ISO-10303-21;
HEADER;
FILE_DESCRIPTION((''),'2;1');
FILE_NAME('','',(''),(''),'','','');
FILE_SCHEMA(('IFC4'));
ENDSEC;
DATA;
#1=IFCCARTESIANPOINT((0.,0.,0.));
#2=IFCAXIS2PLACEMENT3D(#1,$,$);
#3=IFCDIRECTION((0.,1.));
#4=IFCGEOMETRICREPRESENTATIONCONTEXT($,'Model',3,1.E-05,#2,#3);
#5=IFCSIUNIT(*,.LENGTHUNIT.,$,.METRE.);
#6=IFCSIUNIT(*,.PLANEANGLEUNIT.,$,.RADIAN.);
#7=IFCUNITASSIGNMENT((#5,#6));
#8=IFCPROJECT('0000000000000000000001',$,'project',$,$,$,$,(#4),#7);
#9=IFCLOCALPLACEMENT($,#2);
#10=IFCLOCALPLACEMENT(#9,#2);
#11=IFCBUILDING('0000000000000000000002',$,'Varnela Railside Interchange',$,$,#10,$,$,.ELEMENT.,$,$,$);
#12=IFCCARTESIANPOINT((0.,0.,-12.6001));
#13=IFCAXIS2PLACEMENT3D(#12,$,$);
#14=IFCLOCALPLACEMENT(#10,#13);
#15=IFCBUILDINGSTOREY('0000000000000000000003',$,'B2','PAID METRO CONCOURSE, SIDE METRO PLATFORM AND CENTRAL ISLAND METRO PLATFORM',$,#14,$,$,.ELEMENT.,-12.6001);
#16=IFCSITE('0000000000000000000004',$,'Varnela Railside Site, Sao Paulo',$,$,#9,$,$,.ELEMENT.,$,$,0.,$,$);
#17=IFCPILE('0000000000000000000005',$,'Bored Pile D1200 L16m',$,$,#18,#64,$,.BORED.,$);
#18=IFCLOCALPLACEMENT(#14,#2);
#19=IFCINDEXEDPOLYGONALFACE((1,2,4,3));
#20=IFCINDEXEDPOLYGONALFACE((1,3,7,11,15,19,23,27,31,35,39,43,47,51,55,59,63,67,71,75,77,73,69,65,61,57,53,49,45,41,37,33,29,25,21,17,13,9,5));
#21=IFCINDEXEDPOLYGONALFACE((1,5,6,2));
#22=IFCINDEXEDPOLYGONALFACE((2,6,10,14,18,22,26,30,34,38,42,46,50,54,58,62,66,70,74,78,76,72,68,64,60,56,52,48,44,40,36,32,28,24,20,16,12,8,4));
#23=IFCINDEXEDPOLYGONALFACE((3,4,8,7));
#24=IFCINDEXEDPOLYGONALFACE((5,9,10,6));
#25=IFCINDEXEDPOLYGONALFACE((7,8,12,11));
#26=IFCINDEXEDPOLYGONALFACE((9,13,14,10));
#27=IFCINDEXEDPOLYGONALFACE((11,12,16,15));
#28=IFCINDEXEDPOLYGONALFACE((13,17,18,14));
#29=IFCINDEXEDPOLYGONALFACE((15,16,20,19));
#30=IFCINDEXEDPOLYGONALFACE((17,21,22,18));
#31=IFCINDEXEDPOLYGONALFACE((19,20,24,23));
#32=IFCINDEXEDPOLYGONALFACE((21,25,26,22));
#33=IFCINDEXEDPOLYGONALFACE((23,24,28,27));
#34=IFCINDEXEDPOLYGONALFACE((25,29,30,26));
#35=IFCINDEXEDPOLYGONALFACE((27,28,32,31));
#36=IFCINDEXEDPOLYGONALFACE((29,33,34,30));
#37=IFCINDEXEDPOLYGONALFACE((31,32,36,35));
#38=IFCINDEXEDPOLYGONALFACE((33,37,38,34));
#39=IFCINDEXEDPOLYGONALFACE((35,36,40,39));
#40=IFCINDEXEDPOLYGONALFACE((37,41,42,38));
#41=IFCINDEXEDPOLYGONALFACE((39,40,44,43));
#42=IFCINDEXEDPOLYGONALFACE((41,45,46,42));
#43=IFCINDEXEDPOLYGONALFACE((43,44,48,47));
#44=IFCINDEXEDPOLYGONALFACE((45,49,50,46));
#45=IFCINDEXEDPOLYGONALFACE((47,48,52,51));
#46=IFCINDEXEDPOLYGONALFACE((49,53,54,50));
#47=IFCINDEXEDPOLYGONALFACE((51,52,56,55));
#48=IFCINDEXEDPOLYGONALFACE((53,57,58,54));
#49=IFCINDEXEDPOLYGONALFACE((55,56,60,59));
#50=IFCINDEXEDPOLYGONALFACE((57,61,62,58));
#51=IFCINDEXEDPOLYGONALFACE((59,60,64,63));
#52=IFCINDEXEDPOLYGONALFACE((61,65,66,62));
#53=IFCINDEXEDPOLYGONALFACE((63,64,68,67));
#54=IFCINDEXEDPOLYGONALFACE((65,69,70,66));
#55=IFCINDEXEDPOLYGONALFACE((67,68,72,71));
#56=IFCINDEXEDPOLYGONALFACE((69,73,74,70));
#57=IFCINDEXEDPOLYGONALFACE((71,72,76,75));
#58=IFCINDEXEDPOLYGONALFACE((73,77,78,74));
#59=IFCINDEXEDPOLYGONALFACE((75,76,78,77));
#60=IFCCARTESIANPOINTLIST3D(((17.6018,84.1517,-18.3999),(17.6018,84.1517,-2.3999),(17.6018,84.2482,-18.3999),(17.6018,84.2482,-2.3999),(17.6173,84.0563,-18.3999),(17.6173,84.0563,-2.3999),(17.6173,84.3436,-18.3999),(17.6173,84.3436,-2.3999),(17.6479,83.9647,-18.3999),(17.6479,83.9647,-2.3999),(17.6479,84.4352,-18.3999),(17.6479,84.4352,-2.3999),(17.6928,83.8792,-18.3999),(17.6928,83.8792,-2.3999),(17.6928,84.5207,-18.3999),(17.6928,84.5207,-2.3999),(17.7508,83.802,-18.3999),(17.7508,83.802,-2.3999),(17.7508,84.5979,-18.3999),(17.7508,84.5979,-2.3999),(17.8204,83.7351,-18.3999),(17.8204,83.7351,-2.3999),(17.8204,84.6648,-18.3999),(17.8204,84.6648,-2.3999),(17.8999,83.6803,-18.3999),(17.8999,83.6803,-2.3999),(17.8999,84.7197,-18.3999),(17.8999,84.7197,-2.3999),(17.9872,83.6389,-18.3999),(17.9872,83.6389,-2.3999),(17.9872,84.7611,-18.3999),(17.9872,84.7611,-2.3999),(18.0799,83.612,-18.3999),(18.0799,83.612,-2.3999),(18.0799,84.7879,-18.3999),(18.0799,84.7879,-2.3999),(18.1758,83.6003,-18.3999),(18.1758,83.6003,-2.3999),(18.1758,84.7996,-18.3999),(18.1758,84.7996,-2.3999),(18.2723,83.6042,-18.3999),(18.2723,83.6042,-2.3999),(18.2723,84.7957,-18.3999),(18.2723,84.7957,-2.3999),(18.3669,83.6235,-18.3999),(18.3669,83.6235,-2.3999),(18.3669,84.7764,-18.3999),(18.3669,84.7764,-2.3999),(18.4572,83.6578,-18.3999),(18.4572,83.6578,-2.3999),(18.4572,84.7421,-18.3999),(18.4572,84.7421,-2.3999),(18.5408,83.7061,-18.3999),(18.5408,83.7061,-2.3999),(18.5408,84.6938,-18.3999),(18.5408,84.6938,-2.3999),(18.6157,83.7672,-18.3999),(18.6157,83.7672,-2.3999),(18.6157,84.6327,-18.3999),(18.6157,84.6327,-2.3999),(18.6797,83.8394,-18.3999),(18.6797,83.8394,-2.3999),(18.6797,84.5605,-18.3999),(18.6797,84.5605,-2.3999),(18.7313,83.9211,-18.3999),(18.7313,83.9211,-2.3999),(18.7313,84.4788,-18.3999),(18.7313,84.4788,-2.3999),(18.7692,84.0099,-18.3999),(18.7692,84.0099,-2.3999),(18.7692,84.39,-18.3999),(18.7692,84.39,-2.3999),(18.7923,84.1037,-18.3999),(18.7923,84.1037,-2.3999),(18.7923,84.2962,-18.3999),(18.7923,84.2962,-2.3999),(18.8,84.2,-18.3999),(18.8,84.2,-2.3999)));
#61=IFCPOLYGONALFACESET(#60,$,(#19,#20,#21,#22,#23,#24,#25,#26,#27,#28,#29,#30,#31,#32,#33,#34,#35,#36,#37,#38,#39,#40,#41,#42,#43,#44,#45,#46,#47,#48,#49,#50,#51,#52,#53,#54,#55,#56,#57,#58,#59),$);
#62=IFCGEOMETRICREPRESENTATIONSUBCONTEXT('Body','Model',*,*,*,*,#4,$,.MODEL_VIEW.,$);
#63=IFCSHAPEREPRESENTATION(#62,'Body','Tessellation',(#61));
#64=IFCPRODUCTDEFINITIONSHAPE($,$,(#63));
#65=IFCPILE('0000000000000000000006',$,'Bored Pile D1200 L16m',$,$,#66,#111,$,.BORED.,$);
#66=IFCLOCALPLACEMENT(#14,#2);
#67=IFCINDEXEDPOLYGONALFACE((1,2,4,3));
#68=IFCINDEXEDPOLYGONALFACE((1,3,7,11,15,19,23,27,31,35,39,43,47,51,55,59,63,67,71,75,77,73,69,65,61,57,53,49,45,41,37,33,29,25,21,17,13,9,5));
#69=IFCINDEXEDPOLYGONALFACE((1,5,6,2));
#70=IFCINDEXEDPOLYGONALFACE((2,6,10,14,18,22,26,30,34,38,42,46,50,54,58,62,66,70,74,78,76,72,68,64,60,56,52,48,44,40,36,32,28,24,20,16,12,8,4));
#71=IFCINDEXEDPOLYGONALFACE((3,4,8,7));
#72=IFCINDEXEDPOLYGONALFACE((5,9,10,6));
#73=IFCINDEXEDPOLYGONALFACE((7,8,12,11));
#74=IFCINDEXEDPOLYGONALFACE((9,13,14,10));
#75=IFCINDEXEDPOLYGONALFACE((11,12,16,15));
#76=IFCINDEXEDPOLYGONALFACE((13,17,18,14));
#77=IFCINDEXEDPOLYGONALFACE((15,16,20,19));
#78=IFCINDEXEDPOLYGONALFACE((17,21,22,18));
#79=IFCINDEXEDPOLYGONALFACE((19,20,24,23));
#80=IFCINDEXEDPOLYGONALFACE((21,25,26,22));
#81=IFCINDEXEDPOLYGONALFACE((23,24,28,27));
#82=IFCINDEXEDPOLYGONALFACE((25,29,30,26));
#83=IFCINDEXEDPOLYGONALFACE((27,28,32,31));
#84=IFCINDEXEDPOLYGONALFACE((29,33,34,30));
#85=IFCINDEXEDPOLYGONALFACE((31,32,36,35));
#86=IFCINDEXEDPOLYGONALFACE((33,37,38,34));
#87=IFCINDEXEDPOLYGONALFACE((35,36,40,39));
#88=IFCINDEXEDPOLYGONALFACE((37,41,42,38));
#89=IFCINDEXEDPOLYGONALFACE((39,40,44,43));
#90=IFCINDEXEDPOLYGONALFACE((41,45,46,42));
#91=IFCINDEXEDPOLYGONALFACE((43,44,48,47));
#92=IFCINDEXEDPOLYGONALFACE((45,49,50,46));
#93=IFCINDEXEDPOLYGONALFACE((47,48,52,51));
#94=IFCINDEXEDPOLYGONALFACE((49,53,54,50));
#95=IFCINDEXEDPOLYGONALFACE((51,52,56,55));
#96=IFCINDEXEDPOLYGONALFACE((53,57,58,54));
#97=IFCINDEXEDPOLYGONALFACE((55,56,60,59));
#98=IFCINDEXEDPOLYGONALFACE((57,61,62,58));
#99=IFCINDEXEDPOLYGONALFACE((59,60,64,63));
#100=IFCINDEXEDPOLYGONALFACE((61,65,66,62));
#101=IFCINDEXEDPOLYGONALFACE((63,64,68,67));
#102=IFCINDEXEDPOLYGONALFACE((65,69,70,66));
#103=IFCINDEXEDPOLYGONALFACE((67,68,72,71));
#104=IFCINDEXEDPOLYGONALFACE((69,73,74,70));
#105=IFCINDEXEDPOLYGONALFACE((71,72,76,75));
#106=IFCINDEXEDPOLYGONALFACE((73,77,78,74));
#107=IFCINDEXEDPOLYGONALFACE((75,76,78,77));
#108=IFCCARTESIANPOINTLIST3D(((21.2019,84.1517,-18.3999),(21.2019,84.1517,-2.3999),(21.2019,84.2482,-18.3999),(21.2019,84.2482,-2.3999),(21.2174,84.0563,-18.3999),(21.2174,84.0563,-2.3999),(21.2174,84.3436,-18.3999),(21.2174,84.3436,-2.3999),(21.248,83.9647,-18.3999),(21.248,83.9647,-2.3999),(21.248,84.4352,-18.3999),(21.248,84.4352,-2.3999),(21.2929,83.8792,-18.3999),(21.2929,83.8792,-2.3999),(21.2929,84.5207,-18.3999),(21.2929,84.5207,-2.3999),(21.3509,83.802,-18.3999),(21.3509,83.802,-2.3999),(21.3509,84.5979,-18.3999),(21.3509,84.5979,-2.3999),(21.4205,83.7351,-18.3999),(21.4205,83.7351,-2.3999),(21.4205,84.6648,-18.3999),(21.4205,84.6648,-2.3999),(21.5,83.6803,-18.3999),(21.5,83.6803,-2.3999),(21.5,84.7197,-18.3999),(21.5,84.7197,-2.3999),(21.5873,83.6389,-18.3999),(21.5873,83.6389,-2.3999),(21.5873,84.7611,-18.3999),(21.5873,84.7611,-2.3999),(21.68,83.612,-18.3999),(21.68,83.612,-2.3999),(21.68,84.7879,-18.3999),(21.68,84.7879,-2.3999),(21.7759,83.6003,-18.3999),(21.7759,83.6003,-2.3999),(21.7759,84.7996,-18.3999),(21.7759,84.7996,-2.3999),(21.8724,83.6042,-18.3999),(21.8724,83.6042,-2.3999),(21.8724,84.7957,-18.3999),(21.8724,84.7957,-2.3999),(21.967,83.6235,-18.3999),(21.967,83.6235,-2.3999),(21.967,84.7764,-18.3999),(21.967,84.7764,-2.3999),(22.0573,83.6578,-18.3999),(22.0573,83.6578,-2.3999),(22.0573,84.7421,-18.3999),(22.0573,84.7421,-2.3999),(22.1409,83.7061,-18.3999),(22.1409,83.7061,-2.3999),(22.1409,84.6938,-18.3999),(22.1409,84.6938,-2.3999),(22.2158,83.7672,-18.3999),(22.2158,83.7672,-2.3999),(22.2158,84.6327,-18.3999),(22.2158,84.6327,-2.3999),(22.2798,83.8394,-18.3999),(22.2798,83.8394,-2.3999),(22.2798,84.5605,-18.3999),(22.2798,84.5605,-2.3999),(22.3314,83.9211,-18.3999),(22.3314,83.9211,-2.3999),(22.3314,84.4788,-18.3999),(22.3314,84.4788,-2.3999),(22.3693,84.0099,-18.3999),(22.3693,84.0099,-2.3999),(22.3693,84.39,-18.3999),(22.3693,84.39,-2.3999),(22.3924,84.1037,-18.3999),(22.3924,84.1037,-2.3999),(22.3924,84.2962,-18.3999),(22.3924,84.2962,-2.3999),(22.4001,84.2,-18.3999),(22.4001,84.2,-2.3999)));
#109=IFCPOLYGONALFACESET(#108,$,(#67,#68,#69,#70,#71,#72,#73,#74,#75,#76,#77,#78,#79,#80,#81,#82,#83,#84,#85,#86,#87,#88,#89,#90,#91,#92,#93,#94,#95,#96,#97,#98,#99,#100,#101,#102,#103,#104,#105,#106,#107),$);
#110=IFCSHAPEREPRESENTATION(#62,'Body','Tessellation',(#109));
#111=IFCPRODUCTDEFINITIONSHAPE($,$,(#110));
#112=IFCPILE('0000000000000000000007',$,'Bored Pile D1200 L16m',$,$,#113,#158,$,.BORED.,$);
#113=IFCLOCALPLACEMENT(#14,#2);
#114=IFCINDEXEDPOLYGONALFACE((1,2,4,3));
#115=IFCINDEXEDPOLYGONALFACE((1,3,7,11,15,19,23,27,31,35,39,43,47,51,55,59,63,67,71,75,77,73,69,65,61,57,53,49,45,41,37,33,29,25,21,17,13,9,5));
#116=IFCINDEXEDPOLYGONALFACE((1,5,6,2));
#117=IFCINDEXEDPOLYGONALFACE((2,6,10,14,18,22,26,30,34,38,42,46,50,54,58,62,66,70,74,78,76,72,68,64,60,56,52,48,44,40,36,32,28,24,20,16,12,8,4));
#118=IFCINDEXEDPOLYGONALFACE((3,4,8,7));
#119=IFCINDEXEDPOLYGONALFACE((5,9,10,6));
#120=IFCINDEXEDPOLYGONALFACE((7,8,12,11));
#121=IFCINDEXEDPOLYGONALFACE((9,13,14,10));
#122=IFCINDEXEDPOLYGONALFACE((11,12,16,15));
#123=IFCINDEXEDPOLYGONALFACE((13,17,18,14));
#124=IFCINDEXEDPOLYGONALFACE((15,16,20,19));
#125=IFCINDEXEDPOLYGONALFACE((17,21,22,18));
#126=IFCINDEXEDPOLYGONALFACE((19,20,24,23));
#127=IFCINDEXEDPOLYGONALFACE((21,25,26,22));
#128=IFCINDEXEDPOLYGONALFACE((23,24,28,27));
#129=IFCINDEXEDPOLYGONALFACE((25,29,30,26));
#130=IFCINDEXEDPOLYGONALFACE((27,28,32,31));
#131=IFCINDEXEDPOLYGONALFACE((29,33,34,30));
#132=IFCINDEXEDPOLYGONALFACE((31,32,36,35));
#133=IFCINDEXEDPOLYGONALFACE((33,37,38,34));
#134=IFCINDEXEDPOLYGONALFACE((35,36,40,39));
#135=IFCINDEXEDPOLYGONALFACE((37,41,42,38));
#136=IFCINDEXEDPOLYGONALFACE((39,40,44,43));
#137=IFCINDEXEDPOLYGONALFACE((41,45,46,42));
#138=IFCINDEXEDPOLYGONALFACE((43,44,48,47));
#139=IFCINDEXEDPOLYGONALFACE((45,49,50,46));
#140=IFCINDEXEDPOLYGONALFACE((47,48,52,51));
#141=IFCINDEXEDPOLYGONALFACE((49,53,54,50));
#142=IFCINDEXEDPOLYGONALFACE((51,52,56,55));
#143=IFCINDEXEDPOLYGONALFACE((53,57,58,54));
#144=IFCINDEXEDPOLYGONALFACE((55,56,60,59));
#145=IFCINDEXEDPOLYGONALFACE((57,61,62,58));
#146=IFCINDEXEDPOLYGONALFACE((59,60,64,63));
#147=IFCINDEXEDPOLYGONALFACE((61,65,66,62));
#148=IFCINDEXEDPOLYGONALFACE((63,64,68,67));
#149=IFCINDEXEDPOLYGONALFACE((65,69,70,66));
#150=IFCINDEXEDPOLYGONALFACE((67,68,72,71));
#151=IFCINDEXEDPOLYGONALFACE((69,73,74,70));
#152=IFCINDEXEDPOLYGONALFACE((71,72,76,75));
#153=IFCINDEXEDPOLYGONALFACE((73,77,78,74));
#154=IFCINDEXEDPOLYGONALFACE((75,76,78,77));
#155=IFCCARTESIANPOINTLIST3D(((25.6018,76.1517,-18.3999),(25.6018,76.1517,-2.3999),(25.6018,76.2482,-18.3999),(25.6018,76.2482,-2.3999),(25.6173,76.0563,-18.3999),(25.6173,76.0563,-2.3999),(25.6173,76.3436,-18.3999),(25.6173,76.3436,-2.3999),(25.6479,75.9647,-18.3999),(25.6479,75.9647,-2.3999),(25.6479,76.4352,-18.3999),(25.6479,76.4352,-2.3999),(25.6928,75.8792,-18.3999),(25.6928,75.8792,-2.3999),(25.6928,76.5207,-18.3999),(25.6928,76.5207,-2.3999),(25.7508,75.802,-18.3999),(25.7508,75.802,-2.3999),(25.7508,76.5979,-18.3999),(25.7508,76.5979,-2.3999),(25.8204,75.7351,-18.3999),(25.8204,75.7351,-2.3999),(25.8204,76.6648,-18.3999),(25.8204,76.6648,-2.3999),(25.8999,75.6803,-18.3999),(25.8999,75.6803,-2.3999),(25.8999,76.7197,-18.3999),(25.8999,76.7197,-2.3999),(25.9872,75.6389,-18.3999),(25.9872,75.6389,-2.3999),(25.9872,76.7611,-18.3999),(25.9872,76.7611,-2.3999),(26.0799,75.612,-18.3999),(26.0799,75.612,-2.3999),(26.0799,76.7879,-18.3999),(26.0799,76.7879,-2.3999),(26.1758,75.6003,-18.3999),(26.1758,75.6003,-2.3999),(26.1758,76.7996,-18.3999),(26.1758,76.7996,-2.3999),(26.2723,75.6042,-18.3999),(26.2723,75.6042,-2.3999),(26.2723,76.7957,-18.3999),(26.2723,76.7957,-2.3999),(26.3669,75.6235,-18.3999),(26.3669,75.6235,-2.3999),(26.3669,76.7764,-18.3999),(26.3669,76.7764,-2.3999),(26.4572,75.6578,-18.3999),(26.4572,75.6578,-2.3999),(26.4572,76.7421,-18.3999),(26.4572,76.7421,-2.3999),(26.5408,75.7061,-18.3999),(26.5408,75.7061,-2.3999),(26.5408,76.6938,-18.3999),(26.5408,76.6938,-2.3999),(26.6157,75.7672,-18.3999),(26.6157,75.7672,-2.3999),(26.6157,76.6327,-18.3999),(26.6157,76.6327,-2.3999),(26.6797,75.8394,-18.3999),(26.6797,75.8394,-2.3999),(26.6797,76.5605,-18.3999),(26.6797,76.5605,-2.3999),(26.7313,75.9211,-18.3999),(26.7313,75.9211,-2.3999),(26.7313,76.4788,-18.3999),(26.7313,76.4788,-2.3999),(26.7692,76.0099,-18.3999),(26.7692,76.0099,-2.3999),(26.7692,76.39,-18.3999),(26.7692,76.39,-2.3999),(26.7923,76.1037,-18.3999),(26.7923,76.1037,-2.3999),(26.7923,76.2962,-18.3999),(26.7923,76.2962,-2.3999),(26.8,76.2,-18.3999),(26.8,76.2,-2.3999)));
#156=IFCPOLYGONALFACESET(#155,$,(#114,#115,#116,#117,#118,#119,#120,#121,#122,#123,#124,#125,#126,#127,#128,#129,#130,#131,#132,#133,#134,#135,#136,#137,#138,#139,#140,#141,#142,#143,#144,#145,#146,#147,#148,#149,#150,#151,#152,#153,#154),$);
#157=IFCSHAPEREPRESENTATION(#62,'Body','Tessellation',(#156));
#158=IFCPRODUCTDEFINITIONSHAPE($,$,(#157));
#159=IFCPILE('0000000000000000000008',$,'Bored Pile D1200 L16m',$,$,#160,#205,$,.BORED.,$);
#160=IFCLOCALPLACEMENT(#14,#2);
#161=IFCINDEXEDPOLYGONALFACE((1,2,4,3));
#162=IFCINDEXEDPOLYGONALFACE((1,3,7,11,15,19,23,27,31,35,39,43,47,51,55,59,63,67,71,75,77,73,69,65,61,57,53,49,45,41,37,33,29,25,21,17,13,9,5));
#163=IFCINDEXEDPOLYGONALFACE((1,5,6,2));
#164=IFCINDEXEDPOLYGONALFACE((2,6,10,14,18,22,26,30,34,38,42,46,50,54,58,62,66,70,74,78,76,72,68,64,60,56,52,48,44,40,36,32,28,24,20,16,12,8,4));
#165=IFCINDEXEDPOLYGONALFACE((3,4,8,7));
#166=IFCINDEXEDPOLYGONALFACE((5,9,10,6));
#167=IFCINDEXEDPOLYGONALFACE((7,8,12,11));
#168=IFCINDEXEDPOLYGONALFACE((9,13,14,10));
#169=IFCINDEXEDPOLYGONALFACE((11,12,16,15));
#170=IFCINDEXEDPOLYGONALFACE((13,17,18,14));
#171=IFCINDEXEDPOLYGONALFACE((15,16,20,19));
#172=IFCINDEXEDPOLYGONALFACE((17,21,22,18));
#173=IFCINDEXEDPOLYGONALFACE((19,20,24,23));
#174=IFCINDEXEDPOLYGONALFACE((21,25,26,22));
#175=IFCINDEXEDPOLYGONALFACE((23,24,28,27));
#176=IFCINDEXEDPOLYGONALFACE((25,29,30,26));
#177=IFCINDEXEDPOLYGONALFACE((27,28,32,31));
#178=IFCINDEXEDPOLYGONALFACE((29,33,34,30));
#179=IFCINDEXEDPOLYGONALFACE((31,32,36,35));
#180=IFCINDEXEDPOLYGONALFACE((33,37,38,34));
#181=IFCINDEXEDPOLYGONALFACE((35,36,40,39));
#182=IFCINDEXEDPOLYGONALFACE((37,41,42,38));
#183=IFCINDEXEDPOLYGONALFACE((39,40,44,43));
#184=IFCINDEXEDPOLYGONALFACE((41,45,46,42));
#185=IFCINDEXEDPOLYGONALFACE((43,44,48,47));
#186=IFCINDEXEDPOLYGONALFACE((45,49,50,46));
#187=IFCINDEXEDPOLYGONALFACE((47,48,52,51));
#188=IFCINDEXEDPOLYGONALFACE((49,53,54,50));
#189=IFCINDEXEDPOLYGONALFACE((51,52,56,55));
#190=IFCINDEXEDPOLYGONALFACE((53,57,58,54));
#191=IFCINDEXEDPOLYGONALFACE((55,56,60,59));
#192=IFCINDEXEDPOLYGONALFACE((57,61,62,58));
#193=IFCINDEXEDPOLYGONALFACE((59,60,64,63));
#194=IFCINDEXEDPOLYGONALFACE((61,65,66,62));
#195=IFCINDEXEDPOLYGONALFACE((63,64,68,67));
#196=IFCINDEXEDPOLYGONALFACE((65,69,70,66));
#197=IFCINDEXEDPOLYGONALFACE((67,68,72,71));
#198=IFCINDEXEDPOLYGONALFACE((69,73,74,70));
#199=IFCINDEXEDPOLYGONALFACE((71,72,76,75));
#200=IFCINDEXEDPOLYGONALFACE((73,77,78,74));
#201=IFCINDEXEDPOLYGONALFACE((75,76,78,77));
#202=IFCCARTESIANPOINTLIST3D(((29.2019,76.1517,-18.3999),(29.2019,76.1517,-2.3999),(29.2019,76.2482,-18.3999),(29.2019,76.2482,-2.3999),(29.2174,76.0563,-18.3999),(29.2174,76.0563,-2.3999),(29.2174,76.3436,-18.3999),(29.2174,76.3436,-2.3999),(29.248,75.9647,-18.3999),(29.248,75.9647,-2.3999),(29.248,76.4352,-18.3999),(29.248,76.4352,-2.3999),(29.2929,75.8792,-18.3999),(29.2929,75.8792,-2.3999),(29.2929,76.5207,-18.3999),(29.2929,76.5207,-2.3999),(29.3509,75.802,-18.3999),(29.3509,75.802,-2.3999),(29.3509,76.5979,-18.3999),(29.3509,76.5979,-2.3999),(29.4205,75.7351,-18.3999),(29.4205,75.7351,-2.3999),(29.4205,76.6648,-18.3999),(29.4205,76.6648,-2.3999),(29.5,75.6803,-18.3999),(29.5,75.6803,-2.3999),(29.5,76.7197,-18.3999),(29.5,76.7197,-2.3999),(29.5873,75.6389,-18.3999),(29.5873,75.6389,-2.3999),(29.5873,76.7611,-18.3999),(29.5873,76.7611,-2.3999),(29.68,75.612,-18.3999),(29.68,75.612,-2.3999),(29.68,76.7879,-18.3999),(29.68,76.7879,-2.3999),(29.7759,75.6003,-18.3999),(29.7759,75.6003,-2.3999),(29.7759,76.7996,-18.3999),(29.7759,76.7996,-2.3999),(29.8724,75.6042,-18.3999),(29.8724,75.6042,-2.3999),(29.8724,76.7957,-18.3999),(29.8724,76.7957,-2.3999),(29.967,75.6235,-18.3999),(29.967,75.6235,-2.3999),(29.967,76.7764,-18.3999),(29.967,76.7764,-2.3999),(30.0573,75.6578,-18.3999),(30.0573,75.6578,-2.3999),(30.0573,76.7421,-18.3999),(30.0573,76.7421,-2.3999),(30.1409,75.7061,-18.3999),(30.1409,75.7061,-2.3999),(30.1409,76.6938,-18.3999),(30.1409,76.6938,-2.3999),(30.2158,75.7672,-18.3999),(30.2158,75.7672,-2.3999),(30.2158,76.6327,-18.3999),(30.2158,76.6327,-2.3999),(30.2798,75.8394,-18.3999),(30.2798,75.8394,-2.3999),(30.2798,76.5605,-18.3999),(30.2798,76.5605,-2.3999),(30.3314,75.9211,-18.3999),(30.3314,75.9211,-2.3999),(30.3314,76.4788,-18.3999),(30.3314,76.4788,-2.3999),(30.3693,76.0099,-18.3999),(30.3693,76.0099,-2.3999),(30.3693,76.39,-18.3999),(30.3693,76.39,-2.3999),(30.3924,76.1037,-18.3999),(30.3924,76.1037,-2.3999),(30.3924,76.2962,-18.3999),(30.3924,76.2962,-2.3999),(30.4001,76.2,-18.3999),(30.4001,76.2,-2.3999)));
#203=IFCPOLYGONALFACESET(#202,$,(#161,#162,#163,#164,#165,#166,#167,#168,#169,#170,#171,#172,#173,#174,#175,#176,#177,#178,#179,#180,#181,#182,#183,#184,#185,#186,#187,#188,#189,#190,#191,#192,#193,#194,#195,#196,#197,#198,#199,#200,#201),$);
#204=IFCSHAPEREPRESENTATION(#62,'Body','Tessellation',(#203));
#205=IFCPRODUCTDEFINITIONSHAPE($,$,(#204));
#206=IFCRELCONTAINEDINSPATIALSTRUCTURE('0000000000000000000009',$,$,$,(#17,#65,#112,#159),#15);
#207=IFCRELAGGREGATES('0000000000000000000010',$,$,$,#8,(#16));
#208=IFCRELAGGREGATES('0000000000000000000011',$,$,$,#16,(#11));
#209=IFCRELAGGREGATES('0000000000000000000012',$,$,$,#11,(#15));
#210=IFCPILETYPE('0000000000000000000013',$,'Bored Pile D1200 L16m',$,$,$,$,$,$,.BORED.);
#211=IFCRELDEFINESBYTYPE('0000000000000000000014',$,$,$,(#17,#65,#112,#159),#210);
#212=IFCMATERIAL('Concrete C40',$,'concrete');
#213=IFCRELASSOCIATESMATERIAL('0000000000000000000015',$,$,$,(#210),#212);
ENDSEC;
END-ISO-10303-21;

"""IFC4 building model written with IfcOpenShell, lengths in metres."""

from ifc_helpers import new_model, si_unit, direction, frame, origin, origin_2d, place, context, subcontext, project, spatial, circle, extrude, material, material_profile, profile_set, type_object, element, save


model = new_model("IFC4")

# Units and contexts
model_context = context("Model", 3, precision=1e-05, world=origin(), true_north=direction((0.0, 1.0)))
body_context = subcontext(model_context, "Body", "Model", "MODEL_VIEW")
ifc_project = project(units=[si_unit("LENGTHUNIT", "METRE"), si_unit("PLANEANGLEUNIT", "RADIAN")], contexts=[model_context])

# Site, building, storey
site_placement = place(None, origin())
site = spatial("IfcSite", under=ifc_project, at=site_placement, Name="Varnela Railside Site, Sao Paulo", CompositionType="ELEMENT", RefElevation=0.0)
building_placement = place(site_placement, origin())
building = spatial("IfcBuilding", under=site, at=building_placement, Name="Varnela Railside Interchange", CompositionType="ELEMENT")
storey_placement = place(building_placement, frame((0.0, 0.0, -12.6001)))
storey = spatial("IfcBuildingStorey", under=building, at=storey_placement, Name="B2", Description="PAID METRO CONCOURSE, SIDE METRO PLATFORM AND CENTRAL ISLAND METRO PLATFORM", CompositionType="ELEMENT", Elevation=-12.6001)

# Piles
ifc_material_1 = material(Name="Concrete C40", Category="concrete")
ifc_material_profile_1 = material_profile(ifc_material_1, circle(Radius=0.6001, at=origin_2d()), Name="BORED PILE D1200")
ifc_profile_set_1 = profile_set([ifc_material_profile_1], Name="Concrete C40")
pile_type = type_object("IfcPileType", Name="Bored Pile D1200 L16m", PredefinedType="BORED", material=ifc_profile_set_1)
for number, where, z_axis, x_axis, name in (
    (1, (18.2, 84.2, -2.3999), (0.0, 0.0, -1.0), (1.0, 0.0, 0.0), "Bored Pile D1200 L16m"),
    (2, (21.8, 84.2, -2.3999), (0.0, 0.0, -1.0), (1.0, 0.0, 0.0), "Bored Pile D1200 L16m"),
    (3, (26.2, 76.2, -2.3999), (0.0, 0.0, -1.0), (1.0, 0.0, 0.0), "Bored Pile D1200 L16m"),
    (4, (29.8, 76.2, -2.3999), (0.0, 0.0, -1.0), (1.0, 0.0, 0.0), "Bored Pile D1200 L16m"),
):
    element("IfcPile", number, at=place(storey_placement, frame(where, z_axis=z_axis, x_axis=x_axis)), inside=storey, type_object=pile_type, Name=name, PredefinedType="BORED", context=body_context, shape_type="SweptSolid", body=[
        extrude(circle(Radius=0.6001, at=origin_2d()), origin(), (0.0, 0.0, 1.0), 16.0),
    ])

save(model, "model.ifc")
